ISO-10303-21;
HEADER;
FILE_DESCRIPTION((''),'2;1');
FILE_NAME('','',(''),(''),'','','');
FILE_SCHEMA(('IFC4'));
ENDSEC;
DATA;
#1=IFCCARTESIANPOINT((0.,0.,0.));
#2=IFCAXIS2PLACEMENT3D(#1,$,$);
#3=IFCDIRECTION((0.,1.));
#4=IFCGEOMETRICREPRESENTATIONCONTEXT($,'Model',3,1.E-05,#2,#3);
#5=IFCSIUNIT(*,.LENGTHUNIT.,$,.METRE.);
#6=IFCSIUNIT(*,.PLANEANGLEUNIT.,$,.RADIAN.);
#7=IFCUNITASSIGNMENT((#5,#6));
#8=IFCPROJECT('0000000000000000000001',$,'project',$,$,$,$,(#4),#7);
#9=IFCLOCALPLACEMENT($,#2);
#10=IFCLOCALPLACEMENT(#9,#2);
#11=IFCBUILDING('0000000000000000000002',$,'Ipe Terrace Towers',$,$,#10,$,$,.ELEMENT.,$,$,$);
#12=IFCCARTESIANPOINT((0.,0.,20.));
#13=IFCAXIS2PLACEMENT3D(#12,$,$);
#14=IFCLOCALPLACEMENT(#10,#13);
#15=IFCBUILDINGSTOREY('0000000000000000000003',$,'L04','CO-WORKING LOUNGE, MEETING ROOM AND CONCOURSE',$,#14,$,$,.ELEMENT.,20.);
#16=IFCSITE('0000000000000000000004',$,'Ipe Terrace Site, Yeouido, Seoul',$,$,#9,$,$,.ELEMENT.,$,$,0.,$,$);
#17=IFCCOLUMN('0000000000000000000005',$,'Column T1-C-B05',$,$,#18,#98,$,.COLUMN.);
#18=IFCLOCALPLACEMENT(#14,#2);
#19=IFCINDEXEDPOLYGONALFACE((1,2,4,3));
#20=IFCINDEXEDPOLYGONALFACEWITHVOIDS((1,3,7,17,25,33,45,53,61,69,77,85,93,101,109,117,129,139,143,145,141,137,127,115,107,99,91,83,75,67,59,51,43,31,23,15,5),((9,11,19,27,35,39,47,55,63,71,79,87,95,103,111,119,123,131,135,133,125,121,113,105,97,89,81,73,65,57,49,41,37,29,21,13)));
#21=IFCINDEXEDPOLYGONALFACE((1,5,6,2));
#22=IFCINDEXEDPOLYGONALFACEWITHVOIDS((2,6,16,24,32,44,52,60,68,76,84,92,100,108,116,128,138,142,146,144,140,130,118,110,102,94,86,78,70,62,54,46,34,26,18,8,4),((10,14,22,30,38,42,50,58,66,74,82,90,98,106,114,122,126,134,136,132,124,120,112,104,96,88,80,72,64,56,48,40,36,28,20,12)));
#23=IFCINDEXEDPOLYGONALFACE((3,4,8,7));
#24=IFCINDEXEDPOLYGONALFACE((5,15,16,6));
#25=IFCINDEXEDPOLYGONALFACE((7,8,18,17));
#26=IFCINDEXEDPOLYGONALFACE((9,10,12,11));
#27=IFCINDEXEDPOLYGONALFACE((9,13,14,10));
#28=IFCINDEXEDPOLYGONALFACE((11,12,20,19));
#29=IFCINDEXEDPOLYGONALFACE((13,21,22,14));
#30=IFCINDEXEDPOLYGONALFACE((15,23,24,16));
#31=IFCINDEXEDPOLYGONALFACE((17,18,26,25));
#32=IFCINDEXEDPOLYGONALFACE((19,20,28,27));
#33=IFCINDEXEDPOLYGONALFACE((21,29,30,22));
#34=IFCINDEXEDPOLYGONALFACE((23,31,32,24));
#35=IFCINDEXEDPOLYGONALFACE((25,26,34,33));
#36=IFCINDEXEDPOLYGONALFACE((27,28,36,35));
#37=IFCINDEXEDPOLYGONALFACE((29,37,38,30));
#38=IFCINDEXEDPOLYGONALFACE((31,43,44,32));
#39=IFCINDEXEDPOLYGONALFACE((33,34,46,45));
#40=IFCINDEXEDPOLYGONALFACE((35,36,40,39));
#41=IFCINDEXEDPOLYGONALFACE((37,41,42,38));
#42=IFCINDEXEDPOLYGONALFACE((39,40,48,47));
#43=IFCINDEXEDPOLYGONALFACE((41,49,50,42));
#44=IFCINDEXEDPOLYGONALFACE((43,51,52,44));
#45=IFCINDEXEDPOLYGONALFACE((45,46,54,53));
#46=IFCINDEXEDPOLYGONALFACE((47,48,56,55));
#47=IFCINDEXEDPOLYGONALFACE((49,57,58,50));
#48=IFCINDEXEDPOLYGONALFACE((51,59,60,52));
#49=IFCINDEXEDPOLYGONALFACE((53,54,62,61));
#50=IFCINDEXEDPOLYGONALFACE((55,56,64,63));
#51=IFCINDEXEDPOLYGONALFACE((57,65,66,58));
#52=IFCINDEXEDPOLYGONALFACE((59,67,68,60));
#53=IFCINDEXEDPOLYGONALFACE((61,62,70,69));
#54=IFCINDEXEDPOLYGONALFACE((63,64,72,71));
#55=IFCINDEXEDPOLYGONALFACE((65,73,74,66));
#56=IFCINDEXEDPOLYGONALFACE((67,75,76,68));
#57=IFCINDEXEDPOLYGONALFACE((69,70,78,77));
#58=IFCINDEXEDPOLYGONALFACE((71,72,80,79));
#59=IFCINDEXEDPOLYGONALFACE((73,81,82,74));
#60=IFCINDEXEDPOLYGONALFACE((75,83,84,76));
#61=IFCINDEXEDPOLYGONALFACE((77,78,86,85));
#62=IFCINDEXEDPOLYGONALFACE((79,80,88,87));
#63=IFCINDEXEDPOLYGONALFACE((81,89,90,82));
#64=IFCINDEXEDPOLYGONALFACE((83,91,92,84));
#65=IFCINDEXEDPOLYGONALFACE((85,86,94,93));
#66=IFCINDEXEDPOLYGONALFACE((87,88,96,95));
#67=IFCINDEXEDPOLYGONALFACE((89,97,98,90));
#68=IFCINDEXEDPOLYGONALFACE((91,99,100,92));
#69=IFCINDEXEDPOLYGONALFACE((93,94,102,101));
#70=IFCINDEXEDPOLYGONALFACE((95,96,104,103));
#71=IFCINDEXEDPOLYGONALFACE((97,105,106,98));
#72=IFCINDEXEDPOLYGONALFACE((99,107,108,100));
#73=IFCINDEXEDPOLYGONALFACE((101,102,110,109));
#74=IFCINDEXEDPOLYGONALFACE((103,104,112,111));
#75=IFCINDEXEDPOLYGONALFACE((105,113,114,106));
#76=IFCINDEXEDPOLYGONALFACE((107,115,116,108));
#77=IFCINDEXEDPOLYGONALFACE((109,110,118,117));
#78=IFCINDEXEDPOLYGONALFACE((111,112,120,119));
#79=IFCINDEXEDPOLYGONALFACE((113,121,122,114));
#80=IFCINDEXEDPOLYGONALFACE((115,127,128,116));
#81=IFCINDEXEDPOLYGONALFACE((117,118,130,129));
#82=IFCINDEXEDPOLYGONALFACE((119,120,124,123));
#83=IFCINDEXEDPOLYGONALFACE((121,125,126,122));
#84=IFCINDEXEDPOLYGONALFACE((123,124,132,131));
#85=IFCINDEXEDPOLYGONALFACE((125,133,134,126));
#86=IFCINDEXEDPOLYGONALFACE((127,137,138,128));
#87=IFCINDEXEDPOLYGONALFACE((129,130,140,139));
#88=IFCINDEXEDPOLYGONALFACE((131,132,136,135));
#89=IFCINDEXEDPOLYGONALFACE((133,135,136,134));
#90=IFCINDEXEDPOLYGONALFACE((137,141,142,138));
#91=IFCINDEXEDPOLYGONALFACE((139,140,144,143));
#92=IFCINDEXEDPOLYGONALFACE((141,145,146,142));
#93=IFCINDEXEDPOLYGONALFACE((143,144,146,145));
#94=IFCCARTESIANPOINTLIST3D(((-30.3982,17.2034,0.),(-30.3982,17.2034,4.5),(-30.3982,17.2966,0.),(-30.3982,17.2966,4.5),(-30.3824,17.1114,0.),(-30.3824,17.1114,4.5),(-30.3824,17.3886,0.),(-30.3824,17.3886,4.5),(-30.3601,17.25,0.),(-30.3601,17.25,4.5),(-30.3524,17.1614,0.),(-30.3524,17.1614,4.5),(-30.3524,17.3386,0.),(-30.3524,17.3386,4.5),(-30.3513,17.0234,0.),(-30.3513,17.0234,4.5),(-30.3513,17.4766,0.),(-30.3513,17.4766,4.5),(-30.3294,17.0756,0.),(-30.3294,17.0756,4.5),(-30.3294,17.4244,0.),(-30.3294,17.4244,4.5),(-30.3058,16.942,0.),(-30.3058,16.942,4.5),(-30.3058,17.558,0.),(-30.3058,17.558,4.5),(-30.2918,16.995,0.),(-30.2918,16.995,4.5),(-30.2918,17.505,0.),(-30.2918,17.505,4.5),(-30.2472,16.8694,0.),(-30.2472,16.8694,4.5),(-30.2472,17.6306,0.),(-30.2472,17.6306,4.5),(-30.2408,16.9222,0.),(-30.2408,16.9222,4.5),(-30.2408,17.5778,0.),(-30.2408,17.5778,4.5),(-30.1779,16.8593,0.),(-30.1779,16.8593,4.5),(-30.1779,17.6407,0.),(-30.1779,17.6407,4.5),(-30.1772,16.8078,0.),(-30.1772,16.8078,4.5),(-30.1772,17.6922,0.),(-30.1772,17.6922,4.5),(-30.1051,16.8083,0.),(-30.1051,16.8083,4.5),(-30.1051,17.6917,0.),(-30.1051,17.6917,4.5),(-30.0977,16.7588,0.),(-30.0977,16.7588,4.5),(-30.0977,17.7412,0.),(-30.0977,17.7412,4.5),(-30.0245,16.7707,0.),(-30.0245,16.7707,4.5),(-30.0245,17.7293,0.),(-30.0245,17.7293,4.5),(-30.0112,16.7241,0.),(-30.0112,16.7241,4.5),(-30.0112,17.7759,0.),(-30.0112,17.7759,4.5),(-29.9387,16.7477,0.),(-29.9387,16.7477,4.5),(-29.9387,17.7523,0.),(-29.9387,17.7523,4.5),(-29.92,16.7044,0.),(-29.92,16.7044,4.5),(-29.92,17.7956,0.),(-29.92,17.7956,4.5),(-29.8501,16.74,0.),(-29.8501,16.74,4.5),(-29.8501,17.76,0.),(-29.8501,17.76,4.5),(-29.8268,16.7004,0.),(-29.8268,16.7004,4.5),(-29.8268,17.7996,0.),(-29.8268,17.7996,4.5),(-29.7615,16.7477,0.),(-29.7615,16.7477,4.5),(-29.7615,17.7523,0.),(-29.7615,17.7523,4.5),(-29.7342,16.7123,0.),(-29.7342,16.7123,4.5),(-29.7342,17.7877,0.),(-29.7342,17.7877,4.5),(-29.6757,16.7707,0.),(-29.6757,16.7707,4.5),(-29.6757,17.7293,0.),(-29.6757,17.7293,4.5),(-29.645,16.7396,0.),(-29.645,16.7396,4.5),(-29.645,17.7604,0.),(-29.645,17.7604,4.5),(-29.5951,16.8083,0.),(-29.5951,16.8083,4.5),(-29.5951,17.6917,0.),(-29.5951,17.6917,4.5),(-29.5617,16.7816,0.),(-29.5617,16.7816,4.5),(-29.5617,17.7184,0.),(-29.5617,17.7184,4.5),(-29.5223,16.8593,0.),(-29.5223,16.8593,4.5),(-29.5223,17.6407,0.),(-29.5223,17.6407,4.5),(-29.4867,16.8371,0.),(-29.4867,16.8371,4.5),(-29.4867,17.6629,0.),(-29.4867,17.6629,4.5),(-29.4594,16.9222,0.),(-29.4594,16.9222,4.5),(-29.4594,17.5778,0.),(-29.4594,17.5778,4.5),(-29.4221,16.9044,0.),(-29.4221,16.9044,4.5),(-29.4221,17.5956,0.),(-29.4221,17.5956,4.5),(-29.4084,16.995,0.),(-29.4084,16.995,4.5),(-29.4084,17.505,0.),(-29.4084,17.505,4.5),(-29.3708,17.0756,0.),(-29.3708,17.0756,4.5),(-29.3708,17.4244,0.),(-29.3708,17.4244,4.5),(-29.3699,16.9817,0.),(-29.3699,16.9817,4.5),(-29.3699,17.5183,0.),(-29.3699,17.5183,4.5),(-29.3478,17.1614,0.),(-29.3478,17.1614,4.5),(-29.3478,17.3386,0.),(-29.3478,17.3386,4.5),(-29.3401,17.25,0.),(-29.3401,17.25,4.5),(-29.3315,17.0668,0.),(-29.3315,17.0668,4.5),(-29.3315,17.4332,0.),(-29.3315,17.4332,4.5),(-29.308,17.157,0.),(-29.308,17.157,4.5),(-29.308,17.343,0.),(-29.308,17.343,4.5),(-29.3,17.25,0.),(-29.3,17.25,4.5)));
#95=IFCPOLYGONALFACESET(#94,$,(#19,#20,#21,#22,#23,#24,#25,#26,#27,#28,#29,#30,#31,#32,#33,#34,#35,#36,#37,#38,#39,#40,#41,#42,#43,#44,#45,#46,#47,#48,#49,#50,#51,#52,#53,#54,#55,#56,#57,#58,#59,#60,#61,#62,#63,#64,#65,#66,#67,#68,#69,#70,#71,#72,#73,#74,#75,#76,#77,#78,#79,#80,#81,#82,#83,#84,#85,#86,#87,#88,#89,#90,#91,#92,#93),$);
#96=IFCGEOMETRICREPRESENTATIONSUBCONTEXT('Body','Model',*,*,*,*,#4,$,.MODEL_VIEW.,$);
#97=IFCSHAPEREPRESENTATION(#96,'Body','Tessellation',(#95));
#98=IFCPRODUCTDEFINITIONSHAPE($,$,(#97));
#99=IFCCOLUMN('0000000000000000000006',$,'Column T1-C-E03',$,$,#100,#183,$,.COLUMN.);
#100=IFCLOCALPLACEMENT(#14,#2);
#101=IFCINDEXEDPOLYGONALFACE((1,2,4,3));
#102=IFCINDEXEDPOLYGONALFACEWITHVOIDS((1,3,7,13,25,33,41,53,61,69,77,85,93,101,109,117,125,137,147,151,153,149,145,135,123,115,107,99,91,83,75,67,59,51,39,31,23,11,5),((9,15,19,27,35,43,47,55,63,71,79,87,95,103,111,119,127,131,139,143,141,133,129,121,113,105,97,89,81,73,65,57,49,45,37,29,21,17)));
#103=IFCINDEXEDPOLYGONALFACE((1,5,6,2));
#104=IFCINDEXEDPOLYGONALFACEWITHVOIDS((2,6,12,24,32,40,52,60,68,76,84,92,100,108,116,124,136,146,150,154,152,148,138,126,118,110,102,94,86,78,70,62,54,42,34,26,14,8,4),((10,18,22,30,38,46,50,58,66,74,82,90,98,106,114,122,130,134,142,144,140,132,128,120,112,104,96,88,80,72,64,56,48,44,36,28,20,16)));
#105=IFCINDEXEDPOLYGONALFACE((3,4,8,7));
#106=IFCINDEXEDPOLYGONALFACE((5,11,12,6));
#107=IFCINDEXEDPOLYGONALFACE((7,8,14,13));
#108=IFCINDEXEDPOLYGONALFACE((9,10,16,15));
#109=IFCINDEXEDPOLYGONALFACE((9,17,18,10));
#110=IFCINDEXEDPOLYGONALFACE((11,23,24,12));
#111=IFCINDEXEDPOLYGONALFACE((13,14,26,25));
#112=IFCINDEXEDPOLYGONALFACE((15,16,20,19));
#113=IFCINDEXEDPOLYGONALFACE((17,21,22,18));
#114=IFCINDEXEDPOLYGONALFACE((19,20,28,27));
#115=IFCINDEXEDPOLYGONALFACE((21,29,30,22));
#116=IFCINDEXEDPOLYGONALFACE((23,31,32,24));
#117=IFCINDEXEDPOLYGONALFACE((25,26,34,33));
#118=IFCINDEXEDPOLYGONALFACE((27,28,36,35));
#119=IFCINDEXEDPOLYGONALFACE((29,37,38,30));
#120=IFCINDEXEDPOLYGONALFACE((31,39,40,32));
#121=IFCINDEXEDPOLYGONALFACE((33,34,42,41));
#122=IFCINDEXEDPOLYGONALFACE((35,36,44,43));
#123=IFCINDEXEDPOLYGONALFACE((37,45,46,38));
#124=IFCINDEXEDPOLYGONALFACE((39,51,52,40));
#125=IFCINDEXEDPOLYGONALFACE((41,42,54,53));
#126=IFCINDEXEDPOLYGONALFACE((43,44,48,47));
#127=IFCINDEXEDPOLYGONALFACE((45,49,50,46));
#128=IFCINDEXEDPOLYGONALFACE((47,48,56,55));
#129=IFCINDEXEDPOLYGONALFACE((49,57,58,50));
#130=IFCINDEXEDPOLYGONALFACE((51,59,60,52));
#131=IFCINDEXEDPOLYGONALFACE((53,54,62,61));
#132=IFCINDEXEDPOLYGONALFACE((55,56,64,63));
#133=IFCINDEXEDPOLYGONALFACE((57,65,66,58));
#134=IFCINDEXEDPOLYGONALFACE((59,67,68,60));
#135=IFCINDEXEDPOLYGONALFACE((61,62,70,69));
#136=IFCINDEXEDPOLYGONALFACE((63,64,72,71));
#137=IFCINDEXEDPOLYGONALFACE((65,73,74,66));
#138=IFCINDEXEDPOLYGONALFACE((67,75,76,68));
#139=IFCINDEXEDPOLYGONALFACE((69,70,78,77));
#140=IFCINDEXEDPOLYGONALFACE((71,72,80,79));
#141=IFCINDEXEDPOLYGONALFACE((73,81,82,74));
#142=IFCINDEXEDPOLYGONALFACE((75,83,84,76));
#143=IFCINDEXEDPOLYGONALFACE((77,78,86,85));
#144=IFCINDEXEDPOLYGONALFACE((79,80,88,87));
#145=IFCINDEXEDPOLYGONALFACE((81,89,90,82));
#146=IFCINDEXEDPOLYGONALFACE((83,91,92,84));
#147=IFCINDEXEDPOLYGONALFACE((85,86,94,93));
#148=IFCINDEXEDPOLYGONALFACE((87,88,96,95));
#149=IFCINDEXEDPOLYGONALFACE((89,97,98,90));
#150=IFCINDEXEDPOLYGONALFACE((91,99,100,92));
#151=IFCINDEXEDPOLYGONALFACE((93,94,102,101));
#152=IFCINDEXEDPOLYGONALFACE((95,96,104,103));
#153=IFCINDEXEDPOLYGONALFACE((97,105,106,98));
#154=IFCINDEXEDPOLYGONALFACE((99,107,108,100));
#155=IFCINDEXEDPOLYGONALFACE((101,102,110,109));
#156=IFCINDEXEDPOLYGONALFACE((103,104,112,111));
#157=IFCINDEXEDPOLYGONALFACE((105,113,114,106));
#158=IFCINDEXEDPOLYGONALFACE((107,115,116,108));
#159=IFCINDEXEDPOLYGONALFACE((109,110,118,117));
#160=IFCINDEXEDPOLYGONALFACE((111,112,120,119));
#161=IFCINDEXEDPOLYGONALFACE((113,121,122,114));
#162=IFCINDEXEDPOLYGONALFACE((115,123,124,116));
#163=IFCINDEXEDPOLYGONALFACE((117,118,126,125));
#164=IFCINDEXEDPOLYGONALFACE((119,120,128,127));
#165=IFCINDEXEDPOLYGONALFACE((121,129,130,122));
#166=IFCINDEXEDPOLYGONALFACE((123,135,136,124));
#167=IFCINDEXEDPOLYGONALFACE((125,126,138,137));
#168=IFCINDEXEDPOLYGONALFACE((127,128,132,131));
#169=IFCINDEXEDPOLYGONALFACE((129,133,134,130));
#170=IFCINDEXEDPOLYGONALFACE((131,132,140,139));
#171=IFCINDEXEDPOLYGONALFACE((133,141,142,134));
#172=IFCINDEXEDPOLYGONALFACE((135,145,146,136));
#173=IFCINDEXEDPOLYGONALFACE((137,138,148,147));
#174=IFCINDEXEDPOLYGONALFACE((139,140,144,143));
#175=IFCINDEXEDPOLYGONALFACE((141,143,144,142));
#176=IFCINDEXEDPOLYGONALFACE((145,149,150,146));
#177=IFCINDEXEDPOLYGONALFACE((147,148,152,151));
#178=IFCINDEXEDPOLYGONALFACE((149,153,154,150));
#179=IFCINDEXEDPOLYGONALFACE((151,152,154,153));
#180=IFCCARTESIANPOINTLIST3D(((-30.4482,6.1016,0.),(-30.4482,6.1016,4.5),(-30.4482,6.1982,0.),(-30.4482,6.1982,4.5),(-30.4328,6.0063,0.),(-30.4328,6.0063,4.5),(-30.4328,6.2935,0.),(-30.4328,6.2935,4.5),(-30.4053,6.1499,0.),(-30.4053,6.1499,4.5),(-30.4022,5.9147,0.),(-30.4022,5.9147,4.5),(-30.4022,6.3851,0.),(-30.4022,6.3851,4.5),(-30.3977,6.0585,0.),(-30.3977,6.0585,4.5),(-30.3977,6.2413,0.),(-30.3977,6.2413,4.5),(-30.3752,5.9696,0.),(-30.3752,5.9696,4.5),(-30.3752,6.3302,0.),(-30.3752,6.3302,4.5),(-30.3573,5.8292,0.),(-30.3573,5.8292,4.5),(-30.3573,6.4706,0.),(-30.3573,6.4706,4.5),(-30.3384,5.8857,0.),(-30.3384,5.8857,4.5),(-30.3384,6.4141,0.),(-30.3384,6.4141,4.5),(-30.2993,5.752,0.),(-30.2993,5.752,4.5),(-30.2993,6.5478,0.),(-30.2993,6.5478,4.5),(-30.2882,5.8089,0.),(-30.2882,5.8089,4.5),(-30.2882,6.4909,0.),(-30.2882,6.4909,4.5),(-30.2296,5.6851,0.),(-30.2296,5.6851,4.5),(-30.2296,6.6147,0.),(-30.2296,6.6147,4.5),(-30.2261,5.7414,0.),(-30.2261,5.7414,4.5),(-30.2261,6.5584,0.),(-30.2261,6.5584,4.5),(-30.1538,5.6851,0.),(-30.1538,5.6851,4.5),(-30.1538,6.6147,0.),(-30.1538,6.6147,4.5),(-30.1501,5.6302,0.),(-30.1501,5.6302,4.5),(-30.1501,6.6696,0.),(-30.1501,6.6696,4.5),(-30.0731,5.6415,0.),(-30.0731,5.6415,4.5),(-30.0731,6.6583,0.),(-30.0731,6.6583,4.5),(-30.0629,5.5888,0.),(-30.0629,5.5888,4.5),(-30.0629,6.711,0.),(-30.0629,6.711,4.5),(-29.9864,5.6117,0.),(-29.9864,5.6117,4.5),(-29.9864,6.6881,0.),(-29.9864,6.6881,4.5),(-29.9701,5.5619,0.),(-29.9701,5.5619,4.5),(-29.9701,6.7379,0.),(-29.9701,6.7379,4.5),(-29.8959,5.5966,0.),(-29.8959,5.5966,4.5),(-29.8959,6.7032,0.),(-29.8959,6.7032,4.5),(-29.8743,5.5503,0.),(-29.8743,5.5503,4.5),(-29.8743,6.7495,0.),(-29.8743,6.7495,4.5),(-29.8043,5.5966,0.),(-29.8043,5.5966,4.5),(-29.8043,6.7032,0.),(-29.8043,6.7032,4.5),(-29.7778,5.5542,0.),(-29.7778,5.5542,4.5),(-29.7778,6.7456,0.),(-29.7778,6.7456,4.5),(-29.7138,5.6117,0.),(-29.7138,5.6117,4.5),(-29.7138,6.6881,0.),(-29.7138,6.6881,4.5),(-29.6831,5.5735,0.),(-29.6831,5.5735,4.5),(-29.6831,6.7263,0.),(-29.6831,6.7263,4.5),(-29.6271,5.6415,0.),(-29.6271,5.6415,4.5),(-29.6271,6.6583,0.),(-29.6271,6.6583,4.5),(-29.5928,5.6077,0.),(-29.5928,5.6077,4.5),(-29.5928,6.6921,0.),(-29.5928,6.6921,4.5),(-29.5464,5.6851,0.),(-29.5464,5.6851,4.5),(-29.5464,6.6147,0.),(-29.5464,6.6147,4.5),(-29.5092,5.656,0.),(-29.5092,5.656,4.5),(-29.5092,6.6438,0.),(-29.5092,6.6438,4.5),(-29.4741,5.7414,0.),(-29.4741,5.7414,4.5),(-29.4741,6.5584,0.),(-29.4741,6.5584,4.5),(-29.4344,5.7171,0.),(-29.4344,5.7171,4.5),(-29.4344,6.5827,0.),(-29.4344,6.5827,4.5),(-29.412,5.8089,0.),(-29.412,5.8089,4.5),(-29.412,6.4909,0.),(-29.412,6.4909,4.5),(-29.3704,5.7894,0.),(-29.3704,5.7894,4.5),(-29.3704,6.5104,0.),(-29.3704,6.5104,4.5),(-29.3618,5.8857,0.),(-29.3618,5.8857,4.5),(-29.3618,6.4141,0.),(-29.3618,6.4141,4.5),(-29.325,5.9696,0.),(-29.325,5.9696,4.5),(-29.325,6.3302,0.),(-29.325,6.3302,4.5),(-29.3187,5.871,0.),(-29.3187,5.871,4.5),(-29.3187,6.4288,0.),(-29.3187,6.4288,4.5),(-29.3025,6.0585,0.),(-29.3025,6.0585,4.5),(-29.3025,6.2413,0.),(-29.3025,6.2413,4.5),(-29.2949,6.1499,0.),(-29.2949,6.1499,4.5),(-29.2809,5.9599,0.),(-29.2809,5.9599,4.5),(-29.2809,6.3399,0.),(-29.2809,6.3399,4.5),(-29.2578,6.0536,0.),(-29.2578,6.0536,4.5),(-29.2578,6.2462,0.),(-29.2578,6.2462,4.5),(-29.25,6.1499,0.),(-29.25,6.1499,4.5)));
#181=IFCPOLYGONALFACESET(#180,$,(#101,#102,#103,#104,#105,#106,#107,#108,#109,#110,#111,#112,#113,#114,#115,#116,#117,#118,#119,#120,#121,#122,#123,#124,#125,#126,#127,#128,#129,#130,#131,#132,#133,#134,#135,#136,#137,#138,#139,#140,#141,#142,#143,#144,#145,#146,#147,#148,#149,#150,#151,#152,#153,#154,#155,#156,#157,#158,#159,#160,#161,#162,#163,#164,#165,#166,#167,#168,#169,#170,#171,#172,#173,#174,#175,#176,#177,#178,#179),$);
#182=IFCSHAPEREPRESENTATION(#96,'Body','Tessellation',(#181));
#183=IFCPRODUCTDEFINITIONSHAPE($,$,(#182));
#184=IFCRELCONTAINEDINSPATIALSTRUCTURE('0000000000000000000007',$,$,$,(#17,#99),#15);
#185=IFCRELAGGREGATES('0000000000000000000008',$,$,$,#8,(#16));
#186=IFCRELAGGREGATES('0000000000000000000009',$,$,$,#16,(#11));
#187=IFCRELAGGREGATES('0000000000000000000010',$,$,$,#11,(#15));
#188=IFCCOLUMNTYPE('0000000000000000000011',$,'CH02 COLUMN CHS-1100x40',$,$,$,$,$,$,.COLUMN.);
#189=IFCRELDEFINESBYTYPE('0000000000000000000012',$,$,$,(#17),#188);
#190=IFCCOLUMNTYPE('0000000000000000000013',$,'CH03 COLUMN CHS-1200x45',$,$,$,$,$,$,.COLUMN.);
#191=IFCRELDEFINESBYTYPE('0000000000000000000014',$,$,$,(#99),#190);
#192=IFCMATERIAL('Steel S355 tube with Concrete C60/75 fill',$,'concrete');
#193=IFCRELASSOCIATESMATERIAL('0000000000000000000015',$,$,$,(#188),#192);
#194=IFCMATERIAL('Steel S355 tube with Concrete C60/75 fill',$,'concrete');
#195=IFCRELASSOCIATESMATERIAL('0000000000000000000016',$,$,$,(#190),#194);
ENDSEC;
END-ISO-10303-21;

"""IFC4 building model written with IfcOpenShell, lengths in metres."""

from ifc_helpers import new_model, si_unit, direction, frame, origin, origin_2d, place, context, subcontext, project, spatial, hollow_circle, extrude, material, material_profile, profile_set, type_object, element, save


model = new_model("IFC4")

# Units and contexts
model_context = context("Model", 3, precision=1e-05, world=origin(), true_north=direction((0.0, 1.0)))
body_context = subcontext(model_context, "Body", "Model", "MODEL_VIEW")
ifc_project = project(units=[si_unit("LENGTHUNIT", "METRE"), si_unit("PLANEANGLEUNIT", "RADIAN")], contexts=[model_context])

# Site, building, storey
site_placement = place(None, origin())
site = spatial("IfcSite", under=ifc_project, at=site_placement, Name="Ipe Terrace Site, Yeouido, Seoul", CompositionType="ELEMENT", RefElevation=0.0)
building_placement = place(site_placement, origin())
building = spatial("IfcBuilding", under=site, at=building_placement, Name="Ipe Terrace Towers", CompositionType="ELEMENT")
storey_placement = place(building_placement, frame((0.0, 0.0, 20.0)))
storey = spatial("IfcBuildingStorey", under=building, at=storey_placement, Name="L04", Description="CO-WORKING LOUNGE, MEETING ROOM AND CONCOURSE", CompositionType="ELEMENT", Elevation=20.0)

# Columns
ifc_material_1 = material(Name="Steel S355 tube with Concrete C60/75 fill", Category="concrete")
ifc_material_profile_1 = material_profile(ifc_material_1, hollow_circle(Radius=0.55, WallThickness=0.04, at=origin_2d()), Name="CHS-1100x40")
ifc_profile_set_1 = profile_set([ifc_material_profile_1], Name="Steel S355 tube with Concrete C60/75 fill")
column_type_1 = type_object("IfcColumnType", Name="CH02 COLUMN CHS-1100x40", PredefinedType="COLUMN", material=ifc_profile_set_1)
for number, where, z_axis, x_axis, name in (
    (1, (-29.8501, 17.25, 0.0), (0.0, 0.0, 1.0), (1.0, 0.0, 0.0), "Column T1-C-B05"),
):
    element("IfcColumn", number, at=place(storey_placement, frame(where, z_axis=z_axis, x_axis=x_axis)), inside=storey, type_object=column_type_1, Name=name, PredefinedType="COLUMN", context=body_context, shape_type="SweptSolid", body=[
        extrude(hollow_circle(Radius=0.55, WallThickness=0.04, at=origin_2d()), origin(), (0.0, 0.0, 1.0), 4.5),
    ])
ifc_material_2 = material(Name="Steel S355 tube with Concrete C60/75 fill", Category="concrete")
ifc_material_profile_2 = material_profile(ifc_material_2, hollow_circle(Radius=0.6001, WallThickness=0.0449, at=origin_2d()), Name="CHS-1200x45")
ifc_profile_set_2 = profile_set([ifc_material_profile_2], Name="Steel S355 tube with Concrete C60/75 fill")
column_type_2 = type_object("IfcColumnType", Name="CH03 COLUMN CHS-1200x45", PredefinedType="COLUMN", material=ifc_profile_set_2)
column_placement = place(storey_placement, frame((-29.8501, 6.1499, 0.0), z_axis=(0.0, 0.0, 1.0), x_axis=(1.0, 0.0, 0.0)))
element("IfcColumn", 2, at=column_placement, inside=storey, type_object=column_type_2, Name="Column T1-C-E03", PredefinedType="COLUMN", context=body_context, shape_type="SweptSolid", body=[
    extrude(hollow_circle(Radius=0.6001, WallThickness=0.0449, at=origin_2d()), origin(), (0.0, 0.0, 1.0), 4.5),
])

save(model, "model.ifc")
